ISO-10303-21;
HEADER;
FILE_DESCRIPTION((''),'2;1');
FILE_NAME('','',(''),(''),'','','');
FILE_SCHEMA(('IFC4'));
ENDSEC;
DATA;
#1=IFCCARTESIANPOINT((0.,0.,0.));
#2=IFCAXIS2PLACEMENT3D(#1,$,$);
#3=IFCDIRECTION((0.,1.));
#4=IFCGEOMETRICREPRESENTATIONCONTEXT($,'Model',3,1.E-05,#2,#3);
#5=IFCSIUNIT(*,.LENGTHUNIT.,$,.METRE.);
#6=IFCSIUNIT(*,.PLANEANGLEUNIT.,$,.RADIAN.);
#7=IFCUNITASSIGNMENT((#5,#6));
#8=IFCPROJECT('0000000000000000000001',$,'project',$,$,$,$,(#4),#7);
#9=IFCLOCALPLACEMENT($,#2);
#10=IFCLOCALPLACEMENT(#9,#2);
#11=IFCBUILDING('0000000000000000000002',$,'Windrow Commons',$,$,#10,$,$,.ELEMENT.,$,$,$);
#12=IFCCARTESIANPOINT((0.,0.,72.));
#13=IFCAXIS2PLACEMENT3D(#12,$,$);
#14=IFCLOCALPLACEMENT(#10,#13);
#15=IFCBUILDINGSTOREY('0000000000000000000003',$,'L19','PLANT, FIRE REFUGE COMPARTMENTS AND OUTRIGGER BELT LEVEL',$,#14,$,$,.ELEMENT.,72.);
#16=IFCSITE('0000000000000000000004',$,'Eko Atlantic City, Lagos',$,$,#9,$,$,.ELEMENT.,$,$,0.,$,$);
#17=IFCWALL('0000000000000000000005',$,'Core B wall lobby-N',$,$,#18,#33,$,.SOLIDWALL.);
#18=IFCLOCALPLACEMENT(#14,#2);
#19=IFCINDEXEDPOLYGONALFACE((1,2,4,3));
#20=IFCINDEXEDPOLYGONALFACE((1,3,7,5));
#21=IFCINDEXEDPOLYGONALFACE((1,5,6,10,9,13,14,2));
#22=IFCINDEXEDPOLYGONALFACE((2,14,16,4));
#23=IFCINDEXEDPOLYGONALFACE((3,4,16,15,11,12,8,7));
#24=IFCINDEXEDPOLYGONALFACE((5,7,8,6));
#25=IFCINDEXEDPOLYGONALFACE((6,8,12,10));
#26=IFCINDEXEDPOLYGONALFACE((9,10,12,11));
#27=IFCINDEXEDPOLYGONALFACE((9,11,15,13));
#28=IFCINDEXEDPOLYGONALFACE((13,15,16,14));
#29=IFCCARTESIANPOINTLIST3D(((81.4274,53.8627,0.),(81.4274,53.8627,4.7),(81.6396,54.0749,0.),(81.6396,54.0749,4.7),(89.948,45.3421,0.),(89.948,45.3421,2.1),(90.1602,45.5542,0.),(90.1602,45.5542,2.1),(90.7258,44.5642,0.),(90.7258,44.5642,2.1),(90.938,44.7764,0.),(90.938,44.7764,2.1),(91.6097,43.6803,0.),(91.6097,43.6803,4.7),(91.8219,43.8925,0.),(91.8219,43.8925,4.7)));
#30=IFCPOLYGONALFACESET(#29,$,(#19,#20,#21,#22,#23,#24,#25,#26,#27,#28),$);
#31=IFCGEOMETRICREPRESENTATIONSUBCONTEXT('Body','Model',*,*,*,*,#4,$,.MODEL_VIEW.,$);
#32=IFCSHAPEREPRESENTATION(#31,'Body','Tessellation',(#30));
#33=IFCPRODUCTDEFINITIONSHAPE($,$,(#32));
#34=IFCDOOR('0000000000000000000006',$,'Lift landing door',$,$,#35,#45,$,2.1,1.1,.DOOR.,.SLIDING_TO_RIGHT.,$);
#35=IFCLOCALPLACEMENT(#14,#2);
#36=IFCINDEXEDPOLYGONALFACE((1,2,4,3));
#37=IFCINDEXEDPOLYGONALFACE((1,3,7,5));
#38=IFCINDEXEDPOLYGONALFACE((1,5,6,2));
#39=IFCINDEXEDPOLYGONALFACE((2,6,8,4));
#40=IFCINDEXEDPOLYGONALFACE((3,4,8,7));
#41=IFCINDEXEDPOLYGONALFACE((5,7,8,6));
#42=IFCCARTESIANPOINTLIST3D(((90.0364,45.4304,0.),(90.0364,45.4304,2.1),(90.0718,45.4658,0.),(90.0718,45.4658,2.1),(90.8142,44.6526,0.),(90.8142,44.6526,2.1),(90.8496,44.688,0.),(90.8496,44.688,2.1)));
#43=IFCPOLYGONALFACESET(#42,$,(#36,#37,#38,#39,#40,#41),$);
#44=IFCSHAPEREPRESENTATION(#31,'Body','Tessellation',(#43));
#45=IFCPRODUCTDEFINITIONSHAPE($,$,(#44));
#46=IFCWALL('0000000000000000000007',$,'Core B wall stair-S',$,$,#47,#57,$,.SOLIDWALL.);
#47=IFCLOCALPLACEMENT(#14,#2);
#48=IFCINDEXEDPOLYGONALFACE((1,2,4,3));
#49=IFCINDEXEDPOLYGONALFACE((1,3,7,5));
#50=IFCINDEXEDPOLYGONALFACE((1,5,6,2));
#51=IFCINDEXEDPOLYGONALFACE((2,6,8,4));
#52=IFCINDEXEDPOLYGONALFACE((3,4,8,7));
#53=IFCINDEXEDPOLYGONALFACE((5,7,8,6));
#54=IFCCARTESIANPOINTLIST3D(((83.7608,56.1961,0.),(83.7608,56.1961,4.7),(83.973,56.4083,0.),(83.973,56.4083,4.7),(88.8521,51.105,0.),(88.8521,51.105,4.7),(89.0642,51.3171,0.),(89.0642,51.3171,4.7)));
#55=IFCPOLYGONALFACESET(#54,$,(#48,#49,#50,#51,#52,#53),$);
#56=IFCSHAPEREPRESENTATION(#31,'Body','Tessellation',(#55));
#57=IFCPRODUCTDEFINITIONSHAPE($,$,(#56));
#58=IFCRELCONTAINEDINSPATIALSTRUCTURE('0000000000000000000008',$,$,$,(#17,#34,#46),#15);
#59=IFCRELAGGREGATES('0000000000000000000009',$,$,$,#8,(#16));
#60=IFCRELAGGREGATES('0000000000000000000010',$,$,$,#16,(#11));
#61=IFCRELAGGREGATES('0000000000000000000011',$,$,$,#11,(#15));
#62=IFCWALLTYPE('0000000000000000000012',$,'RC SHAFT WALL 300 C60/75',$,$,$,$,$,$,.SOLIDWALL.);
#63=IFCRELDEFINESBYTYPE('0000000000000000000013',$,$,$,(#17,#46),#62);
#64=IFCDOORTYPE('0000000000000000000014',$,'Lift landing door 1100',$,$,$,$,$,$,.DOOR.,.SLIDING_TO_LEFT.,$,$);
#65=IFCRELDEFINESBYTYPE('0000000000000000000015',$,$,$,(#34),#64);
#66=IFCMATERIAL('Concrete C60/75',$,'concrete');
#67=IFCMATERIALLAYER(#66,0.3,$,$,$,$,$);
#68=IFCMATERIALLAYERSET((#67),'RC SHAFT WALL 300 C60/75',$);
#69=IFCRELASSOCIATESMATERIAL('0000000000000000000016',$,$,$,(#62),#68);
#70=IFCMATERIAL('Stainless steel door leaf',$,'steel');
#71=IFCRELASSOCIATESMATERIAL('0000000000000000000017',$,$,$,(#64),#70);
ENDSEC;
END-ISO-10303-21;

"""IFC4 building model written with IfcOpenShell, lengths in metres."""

from ifc_helpers import new_model, si_unit, direction, frame, frame_2d, origin, place, context, subcontext, project, spatial, rectangle, extrude, material, layer, layer_set, type_object, element, fill, save


model = new_model("IFC4")

# Units and contexts
model_context = context("Model", 3, precision=1e-05, world=origin(), true_north=direction((0.0, 1.0)))
body_context = subcontext(model_context, "Body", "Model", "MODEL_VIEW")
ifc_project = project(units=[si_unit("LENGTHUNIT", "METRE"), si_unit("PLANEANGLEUNIT", "RADIAN")], contexts=[model_context])

# Site, building, storey
site_placement = place(None, origin())
site = spatial("IfcSite", under=ifc_project, at=site_placement, Name="Eko Atlantic City, Lagos", CompositionType="ELEMENT", RefElevation=0.0)
building_placement = place(site_placement, origin())
building = spatial("IfcBuilding", under=site, at=building_placement, Name="Windrow Commons", CompositionType="ELEMENT")
storey_placement = place(building_placement, frame((0.0, 0.0, 72.0)))
storey = spatial("IfcBuildingStorey", under=building, at=storey_placement, Name="L19", Description="PLANT, FIRE REFUGE COMPARTMENTS AND OUTRIGGER BELT LEVEL", CompositionType="ELEMENT", Elevation=72.0)

# Wall, opening, door
ifc_material_1 = material(Name="Concrete C60/75", Category="concrete")
ifc_layer_1 = layer(ifc_material_1, 0.3)
ifc_layer_set_1 = layer_set([ifc_layer_1], Name="RC SHAFT WALL 300 C60/75")
wall_type_1 = type_object("IfcWallType", Name="RC SHAFT WALL 300 C60/75", PredefinedType="SOLIDWALL", material=ifc_layer_set_1)
wall_1_placement = place(storey_placement, frame((81.5335, 53.9688, 0.0), z_axis=(0.0, 0.0, 1.0), x_axis=(0.707103, -0.70711, 0.0)))
wall_1 = element("IfcWall", 1, at=wall_1_placement, inside=storey, type_object=wall_type_1, Name="Core B wall lobby-N", PredefinedType="SOLIDWALL", context=body_context, shape_type="SweptSolid", body=[
    extrude(rectangle(XDim=14.4, YDim=0.3, at=frame_2d((7.2, 0.0))), origin(), (0.0, 0.0, 1.0), 4.7),
])
opening_1_placement = place(wall_1_placement, frame((12.05, 0.0, 0.0)))
opening_1 = element("IfcOpeningElement", 2, at=opening_1_placement, cuts=wall_1, PredefinedType="OPENING", context=body_context, shape_type="SweptSolid", body=[
    extrude(rectangle(XDim=1.1, YDim=2.1, at=frame_2d((0.55, 1.05))), frame((0.0, 0.16, 0.0), z_axis=(0.0, -1.0, 0.0), x_axis=(1.0, 0.0, 0.0)), (0.0, 0.0, 1.0), 0.32),
])
ifc_material_2 = material(Name="Stainless steel door leaf", Category="steel")
door_type_1 = type_object("IfcDoorType", Name="Lift landing door 1100", OperationType="SLIDING_TO_LEFT", PredefinedType="DOOR", material=ifc_material_2)
door_1_placement = place(opening_1_placement, origin())
door_1 = element("IfcDoor", 3, at=door_1_placement, inside=storey, type_object=door_type_1, Name="Lift landing door", OperationType="SLIDING_TO_RIGHT", OverallHeight=2.1, OverallWidth=1.1, PredefinedType="DOOR", context=body_context, shape_type="SweptSolid", body=[
    extrude(rectangle(XDim=1.1, YDim=2.1, at=frame_2d((0.55, 1.05))), frame((0.0, 0.025, 0.0), z_axis=(0.0, -1.0, 0.0), x_axis=(1.0, 0.0, 0.0)), (0.0, 0.0, 1.0), 0.05),
])
fill(opening_1, door_1)

# Wall
wall_2_placement = place(storey_placement, frame((83.8669, 56.3022, 0.0), z_axis=(0.0, 0.0, 1.0), x_axis=(0.707114, -0.7071, 0.0)))
element("IfcWall", 4, at=wall_2_placement, inside=storey, type_object=wall_type_1, Name="Core B wall stair-S", PredefinedType="SOLIDWALL", context=body_context, shape_type="SweptSolid", body=[
    extrude(rectangle(XDim=7.2, YDim=0.3, at=frame_2d((3.6, 0.0))), origin(), (0.0, 0.0, 1.0), 4.7),
])

save(model, "model.ifc")
